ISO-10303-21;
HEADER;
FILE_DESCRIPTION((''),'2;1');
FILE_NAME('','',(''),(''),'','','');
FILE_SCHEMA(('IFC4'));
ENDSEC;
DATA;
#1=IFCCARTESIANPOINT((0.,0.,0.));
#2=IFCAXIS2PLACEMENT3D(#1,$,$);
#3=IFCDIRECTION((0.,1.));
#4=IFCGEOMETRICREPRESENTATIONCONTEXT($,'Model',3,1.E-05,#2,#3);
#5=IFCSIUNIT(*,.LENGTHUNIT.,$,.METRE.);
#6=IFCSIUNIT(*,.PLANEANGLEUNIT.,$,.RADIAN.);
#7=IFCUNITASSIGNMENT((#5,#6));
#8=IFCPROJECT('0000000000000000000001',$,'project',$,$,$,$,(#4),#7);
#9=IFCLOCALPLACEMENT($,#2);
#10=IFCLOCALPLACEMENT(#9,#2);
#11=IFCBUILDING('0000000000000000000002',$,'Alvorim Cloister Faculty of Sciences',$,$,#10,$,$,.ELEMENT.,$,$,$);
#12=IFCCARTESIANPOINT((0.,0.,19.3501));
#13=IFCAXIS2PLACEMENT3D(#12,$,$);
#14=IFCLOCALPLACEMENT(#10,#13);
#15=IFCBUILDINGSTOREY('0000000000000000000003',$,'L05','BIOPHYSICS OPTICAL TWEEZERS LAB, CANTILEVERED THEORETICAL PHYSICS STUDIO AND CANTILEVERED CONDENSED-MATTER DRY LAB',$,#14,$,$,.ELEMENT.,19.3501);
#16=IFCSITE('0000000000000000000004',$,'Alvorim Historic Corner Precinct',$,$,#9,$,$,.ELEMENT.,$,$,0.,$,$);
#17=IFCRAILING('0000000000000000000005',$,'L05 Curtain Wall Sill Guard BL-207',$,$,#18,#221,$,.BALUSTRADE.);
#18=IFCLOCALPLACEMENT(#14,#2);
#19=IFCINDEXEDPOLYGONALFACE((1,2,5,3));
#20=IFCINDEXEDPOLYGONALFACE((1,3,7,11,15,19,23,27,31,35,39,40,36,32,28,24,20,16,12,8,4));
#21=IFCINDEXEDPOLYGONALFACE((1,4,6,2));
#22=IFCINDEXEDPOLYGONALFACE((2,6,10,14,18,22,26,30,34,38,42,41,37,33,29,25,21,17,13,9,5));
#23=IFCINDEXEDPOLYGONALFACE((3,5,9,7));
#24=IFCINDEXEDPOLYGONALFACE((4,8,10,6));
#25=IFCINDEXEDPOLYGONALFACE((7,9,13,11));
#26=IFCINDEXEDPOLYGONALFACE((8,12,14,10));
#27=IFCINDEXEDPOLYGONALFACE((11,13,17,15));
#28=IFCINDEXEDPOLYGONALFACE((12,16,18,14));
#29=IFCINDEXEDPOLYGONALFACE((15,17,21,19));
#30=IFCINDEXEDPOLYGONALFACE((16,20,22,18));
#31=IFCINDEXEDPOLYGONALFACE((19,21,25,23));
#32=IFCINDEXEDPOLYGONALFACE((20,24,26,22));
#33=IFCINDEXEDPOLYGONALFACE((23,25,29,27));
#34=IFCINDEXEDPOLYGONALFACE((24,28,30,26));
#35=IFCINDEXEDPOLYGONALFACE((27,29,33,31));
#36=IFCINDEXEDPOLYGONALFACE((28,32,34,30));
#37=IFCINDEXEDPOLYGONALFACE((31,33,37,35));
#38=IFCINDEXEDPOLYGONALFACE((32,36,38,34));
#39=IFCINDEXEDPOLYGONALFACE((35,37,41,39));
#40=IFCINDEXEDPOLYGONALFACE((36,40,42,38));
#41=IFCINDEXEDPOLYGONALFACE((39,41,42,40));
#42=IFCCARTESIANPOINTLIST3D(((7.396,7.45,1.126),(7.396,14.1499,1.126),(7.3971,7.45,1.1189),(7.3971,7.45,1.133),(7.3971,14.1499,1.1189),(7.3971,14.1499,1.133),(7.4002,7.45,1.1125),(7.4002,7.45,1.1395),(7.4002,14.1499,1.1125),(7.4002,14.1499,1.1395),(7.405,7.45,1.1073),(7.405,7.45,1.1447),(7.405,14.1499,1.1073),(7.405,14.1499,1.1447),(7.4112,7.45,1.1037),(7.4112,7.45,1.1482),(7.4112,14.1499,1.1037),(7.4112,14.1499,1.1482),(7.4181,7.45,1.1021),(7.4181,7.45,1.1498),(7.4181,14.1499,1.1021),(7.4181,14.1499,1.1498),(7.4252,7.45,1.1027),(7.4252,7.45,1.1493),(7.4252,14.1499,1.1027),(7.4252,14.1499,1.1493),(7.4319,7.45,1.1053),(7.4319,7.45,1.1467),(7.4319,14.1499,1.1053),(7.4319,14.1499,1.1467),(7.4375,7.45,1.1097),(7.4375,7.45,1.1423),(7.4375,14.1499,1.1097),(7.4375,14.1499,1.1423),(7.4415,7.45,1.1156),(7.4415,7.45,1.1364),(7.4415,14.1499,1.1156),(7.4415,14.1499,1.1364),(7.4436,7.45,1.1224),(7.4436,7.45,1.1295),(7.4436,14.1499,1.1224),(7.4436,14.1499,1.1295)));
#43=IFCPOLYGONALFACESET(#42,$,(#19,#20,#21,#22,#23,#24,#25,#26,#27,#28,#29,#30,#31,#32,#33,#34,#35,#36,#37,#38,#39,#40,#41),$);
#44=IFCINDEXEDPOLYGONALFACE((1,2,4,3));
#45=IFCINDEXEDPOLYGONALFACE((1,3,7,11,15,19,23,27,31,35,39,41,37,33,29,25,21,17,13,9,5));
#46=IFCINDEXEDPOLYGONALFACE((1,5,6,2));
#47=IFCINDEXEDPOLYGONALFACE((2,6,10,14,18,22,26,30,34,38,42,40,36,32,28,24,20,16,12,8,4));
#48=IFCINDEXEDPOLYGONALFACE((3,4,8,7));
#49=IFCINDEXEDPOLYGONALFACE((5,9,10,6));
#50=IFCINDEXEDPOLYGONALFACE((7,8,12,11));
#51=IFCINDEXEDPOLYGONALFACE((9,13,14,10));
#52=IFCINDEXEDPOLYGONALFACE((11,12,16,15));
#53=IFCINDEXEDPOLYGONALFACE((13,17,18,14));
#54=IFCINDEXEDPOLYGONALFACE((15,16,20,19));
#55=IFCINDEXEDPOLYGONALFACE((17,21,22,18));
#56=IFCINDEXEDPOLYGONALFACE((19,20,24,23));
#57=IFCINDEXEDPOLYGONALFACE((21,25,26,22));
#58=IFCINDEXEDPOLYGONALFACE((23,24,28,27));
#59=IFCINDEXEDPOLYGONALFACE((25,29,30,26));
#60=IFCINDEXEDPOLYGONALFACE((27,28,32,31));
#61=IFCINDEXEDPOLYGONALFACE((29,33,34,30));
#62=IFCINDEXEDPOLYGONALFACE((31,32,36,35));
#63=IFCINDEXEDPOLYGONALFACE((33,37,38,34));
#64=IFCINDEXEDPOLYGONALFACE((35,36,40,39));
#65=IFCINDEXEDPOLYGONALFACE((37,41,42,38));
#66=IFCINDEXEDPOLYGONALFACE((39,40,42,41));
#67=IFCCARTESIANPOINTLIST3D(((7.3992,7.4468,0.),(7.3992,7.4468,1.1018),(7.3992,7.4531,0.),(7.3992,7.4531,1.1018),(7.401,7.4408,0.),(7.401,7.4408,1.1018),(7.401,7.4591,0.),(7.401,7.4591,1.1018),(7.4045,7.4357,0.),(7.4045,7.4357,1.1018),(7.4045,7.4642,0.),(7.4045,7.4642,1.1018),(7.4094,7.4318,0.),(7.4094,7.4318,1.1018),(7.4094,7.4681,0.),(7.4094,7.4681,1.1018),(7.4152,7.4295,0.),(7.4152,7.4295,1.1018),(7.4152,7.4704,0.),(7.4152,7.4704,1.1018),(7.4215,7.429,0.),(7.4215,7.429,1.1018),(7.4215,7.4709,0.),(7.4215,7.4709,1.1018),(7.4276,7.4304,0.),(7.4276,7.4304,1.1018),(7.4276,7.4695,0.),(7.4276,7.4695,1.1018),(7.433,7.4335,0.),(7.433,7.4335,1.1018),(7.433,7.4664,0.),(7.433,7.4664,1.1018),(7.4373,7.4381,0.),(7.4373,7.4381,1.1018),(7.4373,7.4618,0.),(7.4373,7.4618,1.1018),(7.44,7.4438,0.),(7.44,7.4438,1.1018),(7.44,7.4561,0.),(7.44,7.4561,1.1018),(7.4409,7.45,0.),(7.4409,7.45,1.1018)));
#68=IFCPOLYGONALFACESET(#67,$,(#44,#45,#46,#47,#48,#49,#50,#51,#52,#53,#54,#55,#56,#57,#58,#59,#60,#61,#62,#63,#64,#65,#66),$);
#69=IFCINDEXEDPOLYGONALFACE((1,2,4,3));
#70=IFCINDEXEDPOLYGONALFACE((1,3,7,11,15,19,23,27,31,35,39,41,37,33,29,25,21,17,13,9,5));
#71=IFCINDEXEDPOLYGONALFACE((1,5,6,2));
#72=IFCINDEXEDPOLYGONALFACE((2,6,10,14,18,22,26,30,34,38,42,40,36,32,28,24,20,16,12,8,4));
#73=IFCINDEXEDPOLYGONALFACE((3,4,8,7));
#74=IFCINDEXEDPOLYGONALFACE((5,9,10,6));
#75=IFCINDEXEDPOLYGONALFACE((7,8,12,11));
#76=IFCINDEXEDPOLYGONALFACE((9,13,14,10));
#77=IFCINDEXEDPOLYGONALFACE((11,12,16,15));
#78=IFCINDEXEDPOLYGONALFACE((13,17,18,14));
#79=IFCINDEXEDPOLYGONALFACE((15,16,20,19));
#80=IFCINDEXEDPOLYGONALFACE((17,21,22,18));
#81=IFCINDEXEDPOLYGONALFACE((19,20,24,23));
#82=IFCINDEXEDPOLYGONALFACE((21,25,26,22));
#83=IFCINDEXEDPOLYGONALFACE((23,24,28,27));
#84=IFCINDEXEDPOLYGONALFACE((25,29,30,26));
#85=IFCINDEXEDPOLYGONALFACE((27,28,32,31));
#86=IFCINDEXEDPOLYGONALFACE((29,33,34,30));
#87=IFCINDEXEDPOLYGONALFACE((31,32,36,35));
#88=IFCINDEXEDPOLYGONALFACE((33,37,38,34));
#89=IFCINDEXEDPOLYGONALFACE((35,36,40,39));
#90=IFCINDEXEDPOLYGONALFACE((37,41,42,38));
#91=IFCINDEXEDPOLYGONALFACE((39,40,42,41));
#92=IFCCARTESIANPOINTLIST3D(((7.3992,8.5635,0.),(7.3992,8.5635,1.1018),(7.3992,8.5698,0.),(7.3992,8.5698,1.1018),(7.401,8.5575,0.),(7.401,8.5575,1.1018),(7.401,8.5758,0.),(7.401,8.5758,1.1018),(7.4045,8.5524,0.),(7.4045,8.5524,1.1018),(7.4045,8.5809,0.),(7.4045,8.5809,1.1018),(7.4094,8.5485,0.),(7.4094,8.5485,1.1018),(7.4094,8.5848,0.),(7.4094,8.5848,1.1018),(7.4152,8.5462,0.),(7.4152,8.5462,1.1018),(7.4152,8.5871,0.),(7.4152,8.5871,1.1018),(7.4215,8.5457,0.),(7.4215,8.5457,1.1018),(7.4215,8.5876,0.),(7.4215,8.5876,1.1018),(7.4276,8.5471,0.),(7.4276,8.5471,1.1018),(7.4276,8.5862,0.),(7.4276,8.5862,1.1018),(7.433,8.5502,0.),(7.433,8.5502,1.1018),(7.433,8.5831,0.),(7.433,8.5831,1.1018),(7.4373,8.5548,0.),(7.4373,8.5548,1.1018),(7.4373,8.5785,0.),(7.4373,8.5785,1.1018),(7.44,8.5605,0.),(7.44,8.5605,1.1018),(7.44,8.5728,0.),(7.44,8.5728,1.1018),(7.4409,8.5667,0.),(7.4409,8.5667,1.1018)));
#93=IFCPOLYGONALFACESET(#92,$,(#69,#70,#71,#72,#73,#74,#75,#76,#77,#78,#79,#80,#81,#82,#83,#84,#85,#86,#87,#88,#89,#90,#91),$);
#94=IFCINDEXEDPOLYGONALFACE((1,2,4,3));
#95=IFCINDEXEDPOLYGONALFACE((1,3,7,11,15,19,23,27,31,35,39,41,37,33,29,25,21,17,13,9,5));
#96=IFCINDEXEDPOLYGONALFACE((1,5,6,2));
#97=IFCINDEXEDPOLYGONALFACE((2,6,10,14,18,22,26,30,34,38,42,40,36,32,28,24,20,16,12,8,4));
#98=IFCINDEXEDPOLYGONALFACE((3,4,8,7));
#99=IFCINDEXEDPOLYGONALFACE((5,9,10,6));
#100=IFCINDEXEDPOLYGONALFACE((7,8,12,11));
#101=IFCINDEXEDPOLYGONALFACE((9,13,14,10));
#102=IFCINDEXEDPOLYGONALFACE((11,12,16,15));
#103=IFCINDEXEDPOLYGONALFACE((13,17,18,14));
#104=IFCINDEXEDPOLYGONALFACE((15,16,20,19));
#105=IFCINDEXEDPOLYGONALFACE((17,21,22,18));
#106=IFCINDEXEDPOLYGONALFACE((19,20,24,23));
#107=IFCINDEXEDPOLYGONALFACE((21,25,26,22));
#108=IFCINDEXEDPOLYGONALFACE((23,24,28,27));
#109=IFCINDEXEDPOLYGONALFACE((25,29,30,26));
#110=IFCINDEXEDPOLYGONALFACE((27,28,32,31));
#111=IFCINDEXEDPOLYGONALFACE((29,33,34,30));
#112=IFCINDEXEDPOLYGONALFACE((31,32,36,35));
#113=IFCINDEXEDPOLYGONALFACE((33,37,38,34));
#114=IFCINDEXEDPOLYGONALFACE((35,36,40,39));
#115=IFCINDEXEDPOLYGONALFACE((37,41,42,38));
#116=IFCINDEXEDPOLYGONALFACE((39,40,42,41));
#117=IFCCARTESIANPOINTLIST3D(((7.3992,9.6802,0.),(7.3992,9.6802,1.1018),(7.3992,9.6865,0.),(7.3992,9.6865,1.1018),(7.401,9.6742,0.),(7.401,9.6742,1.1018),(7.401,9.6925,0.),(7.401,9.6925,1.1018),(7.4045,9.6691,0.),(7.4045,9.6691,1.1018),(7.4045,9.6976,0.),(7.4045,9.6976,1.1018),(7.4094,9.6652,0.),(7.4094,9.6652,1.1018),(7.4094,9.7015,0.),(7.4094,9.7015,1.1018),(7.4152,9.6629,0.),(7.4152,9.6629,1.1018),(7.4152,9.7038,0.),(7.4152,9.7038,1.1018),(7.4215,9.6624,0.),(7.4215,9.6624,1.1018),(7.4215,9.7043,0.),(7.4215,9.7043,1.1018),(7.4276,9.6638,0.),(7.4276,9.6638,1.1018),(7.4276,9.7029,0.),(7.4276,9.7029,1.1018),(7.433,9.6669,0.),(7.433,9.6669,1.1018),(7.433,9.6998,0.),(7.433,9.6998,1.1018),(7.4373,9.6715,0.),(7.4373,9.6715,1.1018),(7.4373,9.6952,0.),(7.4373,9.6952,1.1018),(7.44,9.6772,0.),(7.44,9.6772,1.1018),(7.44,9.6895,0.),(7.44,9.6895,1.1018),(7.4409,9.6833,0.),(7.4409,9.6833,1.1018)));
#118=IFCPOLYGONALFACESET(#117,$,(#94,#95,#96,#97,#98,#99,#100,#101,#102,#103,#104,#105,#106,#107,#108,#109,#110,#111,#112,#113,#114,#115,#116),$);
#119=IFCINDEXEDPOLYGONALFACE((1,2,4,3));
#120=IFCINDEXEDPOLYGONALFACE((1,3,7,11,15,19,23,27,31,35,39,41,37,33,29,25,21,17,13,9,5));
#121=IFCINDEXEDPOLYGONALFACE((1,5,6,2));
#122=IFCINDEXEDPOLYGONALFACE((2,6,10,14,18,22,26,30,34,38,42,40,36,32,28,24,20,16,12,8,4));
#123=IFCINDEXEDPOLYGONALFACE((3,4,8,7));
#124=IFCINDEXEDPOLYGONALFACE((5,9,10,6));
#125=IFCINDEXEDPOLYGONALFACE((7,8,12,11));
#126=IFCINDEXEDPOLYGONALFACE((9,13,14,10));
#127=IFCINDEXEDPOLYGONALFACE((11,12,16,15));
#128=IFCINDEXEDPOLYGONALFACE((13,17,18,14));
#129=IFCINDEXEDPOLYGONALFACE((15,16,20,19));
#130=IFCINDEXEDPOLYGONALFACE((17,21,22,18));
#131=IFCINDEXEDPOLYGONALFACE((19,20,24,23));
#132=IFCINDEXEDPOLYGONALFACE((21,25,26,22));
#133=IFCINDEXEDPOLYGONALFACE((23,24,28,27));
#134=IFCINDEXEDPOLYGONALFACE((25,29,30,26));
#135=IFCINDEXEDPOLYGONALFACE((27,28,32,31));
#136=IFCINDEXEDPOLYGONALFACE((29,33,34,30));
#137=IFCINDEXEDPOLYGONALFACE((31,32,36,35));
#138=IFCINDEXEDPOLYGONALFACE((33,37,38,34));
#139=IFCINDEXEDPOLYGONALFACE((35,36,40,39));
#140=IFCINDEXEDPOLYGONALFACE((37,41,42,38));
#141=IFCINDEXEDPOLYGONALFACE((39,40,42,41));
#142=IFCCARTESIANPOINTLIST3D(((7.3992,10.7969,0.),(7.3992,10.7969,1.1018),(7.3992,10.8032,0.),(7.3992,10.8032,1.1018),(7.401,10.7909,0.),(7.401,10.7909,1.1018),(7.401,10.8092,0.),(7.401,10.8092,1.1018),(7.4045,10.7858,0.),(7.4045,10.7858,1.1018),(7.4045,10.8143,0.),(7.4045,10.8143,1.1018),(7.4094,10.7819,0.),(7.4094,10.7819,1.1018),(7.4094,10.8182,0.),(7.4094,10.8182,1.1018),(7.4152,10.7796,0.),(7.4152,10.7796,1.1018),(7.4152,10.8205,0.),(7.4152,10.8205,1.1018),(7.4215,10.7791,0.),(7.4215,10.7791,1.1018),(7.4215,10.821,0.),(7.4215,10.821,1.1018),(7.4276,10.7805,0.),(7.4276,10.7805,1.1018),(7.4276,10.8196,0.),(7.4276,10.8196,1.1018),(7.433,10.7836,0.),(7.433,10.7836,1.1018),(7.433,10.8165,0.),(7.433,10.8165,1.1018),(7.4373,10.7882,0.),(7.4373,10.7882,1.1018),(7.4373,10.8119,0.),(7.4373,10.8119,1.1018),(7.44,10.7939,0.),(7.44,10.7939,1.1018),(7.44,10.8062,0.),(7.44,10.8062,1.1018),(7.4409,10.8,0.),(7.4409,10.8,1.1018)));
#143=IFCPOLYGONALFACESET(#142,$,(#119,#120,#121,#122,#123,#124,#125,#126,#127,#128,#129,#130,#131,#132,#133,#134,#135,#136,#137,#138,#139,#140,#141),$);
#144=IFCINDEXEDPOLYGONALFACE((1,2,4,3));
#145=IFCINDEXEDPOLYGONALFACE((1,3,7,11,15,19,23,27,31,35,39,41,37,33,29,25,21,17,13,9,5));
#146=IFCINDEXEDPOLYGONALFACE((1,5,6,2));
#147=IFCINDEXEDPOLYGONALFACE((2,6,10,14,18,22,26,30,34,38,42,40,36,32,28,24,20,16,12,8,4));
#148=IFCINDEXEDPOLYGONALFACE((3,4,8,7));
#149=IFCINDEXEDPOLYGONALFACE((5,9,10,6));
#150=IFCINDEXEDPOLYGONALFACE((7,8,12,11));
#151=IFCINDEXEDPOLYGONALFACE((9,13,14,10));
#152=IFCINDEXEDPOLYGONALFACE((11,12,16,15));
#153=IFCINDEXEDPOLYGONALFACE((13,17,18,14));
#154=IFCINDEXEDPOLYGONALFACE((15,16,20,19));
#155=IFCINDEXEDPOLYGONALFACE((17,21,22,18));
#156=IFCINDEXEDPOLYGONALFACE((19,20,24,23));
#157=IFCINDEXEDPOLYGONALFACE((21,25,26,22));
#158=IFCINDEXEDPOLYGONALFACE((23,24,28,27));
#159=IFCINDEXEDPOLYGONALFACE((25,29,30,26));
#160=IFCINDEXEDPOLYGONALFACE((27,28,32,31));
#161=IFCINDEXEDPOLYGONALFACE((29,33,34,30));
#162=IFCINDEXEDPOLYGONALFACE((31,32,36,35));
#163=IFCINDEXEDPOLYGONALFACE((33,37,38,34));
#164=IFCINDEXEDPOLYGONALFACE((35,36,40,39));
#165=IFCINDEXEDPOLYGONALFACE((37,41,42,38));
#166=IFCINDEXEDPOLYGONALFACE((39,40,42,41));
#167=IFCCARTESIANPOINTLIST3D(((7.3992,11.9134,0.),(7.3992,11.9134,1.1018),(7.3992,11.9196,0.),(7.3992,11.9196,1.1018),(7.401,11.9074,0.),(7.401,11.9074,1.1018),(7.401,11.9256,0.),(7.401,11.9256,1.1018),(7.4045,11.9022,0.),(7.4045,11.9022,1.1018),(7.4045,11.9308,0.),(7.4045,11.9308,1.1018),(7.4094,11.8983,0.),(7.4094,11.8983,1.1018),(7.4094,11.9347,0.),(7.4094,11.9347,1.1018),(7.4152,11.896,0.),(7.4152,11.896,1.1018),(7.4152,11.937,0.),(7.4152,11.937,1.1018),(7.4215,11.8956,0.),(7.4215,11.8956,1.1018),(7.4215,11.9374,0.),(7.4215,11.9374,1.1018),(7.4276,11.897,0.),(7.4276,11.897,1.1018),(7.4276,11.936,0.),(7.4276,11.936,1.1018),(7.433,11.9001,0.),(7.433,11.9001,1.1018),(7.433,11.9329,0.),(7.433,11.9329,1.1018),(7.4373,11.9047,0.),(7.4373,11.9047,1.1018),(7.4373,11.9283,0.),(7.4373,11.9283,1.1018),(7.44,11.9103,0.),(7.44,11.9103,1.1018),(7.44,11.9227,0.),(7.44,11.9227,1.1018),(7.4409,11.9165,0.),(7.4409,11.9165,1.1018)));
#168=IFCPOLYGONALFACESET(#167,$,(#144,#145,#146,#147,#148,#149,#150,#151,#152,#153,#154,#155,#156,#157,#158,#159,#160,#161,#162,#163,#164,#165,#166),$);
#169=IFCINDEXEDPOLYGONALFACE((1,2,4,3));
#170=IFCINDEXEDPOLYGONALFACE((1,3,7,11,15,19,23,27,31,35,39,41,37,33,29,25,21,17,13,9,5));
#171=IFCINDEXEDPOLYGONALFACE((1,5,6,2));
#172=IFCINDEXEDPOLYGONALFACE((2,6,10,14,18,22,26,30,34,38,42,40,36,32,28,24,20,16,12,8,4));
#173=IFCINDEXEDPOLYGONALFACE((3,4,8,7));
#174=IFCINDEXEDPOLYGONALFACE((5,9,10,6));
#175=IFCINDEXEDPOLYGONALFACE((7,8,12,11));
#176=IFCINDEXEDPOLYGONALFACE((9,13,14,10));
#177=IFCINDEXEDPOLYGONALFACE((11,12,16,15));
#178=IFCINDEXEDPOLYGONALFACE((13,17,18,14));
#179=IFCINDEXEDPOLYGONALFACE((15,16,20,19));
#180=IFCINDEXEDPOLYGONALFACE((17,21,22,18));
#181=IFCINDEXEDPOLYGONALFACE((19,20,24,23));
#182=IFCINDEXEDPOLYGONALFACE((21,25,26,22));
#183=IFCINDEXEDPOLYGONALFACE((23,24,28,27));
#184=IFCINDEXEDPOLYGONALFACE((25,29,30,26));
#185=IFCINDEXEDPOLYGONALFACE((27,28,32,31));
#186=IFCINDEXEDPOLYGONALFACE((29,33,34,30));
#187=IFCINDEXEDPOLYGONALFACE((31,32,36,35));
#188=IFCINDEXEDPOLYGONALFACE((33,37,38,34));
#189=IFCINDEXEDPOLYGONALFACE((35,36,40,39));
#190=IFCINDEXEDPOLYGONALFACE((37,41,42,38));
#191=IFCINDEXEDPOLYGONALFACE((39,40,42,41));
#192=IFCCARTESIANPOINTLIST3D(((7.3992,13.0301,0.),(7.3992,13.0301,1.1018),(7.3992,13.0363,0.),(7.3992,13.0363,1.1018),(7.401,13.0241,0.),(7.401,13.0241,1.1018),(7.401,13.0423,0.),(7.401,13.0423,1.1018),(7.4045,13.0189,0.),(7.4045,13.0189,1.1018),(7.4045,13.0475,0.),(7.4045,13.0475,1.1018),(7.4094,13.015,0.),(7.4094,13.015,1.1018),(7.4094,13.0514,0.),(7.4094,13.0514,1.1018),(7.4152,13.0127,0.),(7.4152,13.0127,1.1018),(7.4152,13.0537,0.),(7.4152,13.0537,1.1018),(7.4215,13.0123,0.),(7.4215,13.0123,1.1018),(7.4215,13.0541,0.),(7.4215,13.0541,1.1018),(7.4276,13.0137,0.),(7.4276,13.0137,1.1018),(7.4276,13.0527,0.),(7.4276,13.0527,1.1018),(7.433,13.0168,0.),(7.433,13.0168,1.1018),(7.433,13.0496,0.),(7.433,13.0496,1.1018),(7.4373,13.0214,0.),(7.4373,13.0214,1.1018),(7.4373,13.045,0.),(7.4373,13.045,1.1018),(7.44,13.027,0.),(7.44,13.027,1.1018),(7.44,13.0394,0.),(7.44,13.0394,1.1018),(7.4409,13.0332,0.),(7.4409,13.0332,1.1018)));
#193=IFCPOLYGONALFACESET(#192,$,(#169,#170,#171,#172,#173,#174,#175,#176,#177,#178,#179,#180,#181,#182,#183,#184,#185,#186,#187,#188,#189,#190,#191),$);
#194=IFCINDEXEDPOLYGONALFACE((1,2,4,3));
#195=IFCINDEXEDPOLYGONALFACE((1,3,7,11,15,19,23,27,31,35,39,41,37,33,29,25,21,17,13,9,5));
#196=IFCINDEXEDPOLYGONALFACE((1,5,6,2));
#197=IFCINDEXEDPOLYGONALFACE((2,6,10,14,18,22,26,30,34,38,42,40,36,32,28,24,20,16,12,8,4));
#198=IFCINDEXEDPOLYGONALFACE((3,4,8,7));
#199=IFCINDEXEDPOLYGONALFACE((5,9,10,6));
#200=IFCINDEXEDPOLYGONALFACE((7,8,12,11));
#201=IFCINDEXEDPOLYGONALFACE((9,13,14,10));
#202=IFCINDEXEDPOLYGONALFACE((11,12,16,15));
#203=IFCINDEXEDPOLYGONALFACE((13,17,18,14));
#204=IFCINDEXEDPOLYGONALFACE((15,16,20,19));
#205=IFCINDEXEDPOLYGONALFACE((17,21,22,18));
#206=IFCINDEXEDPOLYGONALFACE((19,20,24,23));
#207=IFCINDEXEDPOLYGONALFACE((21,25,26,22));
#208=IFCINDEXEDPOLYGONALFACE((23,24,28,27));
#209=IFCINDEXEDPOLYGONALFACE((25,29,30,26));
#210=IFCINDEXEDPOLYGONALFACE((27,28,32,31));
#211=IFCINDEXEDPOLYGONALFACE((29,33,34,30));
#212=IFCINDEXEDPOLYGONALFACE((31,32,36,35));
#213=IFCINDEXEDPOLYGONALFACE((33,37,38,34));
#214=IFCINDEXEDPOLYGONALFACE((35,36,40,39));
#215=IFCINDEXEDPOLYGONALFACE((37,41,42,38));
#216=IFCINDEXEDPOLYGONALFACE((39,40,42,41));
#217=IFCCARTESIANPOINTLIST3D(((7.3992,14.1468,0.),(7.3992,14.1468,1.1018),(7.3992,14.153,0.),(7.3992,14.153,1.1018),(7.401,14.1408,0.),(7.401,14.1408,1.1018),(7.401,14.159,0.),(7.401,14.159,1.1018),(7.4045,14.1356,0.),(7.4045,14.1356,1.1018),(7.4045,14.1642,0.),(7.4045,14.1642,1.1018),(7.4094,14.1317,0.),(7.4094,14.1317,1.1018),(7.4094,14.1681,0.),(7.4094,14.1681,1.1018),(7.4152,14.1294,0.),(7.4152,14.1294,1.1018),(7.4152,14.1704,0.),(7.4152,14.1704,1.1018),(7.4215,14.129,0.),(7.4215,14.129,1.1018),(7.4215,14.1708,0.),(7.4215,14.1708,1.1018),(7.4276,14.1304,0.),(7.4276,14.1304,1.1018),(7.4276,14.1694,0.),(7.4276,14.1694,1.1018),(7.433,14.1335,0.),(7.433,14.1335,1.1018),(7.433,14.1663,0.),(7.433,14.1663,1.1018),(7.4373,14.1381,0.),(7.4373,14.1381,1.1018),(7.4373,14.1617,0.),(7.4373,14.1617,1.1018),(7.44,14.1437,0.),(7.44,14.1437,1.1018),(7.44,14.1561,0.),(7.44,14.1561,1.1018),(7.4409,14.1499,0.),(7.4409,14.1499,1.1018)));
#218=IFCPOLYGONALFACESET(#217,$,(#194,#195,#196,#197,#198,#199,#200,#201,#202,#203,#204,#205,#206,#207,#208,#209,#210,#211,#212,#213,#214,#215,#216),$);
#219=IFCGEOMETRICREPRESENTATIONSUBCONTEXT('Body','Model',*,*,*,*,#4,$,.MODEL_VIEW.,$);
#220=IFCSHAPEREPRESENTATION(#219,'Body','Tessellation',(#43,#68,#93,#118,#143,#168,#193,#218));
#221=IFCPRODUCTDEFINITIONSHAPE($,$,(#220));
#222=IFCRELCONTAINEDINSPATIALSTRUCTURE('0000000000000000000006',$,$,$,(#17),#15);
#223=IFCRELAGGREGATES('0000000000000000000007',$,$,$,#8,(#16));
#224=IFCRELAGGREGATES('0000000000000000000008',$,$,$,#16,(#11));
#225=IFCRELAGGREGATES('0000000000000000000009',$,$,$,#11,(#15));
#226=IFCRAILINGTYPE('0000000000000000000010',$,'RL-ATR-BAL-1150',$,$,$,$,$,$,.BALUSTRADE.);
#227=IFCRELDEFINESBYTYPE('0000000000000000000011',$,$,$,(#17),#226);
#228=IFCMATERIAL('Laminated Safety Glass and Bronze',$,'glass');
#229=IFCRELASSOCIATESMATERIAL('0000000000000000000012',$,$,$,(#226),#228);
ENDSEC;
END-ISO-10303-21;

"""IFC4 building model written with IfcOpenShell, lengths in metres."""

from ifc_helpers import new_model, si_unit, direction, frame, origin, origin_2d, place, context, subcontext, project, spatial, circle, extrude, material, type_object, element, save


model = new_model("IFC4")

# Units and contexts
model_context = context("Model", 3, precision=1e-05, world=origin(), true_north=direction((0.0, 1.0)))
body_context = subcontext(model_context, "Body", "Model", "MODEL_VIEW")
ifc_project = project(units=[si_unit("LENGTHUNIT", "METRE"), si_unit("PLANEANGLEUNIT", "RADIAN")], contexts=[model_context])

# Site, building, storey
site_placement = place(None, origin())
site = spatial("IfcSite", under=ifc_project, at=site_placement, Name="Alvorim Historic Corner Precinct", CompositionType="ELEMENT", RefElevation=0.0)
building_placement = place(site_placement, origin())
building = spatial("IfcBuilding", under=site, at=building_placement, Name="Alvorim Cloister Faculty of Sciences", CompositionType="ELEMENT")
storey_placement = place(building_placement, frame((0.0, 0.0, 19.3501)))
storey = spatial("IfcBuildingStorey", under=building, at=storey_placement, Name="L05", Description="BIOPHYSICS OPTICAL TWEEZERS LAB, CANTILEVERED THEORETICAL PHYSICS STUDIO AND CANTILEVERED CONDENSED-MATTER DRY LAB", CompositionType="ELEMENT", Elevation=19.3501)

# Railing
ifc_material_1 = material(Name="Laminated Safety Glass and Bronze", Category="glass")
railing_type = type_object("IfcRailingType", Name="RL-ATR-BAL-1150", PredefinedType="BALUSTRADE", material=ifc_material_1)
railing_1_placement = place(storey_placement, frame((7.4199, 7.45, 0.0)))
element("IfcRailing", 1, at=railing_1_placement, inside=storey, type_object=railing_type, Name="L05 Curtain Wall Sill Guard BL-207", PredefinedType="BALUSTRADE", context=body_context, shape_type="SweptSolid", body=[
    extrude(circle(Radius=0.0239, at=origin_2d()), frame((0.0, 0.0, 1.126), z_axis=(0.0, 1.0, 0.0), x_axis=(-1.0, 0.0, 0.0)), (0.0, 0.0, 1.0), 6.7),
    extrude(circle(Radius=0.021, at=origin_2d()), origin(), (0.0, 0.0, 1.0), 1.1018),
    extrude(circle(Radius=0.021, at=origin_2d()), frame((0.0, 1.1167, 0.0)), (0.0, 0.0, 1.0), 1.1018),
    extrude(circle(Radius=0.021, at=origin_2d()), frame((0.0, 2.2334, 0.0)), (0.0, 0.0, 1.0), 1.1018),
    extrude(circle(Radius=0.021, at=origin_2d()), frame((0.0, 3.3501, 0.0)), (0.0, 0.0, 1.0), 1.1018),
    extrude(circle(Radius=0.021, at=origin_2d()), frame((0.0, 4.4666, 0.0)), (0.0, 0.0, 1.0), 1.1018),
    extrude(circle(Radius=0.021, at=origin_2d()), frame((0.0, 5.5833, 0.0)), (0.0, 0.0, 1.0), 1.1018),
    extrude(circle(Radius=0.021, at=origin_2d()), frame((0.0, 6.7, 0.0)), (0.0, 0.0, 1.0), 1.1018),
])

save(model, "model.ifc")
